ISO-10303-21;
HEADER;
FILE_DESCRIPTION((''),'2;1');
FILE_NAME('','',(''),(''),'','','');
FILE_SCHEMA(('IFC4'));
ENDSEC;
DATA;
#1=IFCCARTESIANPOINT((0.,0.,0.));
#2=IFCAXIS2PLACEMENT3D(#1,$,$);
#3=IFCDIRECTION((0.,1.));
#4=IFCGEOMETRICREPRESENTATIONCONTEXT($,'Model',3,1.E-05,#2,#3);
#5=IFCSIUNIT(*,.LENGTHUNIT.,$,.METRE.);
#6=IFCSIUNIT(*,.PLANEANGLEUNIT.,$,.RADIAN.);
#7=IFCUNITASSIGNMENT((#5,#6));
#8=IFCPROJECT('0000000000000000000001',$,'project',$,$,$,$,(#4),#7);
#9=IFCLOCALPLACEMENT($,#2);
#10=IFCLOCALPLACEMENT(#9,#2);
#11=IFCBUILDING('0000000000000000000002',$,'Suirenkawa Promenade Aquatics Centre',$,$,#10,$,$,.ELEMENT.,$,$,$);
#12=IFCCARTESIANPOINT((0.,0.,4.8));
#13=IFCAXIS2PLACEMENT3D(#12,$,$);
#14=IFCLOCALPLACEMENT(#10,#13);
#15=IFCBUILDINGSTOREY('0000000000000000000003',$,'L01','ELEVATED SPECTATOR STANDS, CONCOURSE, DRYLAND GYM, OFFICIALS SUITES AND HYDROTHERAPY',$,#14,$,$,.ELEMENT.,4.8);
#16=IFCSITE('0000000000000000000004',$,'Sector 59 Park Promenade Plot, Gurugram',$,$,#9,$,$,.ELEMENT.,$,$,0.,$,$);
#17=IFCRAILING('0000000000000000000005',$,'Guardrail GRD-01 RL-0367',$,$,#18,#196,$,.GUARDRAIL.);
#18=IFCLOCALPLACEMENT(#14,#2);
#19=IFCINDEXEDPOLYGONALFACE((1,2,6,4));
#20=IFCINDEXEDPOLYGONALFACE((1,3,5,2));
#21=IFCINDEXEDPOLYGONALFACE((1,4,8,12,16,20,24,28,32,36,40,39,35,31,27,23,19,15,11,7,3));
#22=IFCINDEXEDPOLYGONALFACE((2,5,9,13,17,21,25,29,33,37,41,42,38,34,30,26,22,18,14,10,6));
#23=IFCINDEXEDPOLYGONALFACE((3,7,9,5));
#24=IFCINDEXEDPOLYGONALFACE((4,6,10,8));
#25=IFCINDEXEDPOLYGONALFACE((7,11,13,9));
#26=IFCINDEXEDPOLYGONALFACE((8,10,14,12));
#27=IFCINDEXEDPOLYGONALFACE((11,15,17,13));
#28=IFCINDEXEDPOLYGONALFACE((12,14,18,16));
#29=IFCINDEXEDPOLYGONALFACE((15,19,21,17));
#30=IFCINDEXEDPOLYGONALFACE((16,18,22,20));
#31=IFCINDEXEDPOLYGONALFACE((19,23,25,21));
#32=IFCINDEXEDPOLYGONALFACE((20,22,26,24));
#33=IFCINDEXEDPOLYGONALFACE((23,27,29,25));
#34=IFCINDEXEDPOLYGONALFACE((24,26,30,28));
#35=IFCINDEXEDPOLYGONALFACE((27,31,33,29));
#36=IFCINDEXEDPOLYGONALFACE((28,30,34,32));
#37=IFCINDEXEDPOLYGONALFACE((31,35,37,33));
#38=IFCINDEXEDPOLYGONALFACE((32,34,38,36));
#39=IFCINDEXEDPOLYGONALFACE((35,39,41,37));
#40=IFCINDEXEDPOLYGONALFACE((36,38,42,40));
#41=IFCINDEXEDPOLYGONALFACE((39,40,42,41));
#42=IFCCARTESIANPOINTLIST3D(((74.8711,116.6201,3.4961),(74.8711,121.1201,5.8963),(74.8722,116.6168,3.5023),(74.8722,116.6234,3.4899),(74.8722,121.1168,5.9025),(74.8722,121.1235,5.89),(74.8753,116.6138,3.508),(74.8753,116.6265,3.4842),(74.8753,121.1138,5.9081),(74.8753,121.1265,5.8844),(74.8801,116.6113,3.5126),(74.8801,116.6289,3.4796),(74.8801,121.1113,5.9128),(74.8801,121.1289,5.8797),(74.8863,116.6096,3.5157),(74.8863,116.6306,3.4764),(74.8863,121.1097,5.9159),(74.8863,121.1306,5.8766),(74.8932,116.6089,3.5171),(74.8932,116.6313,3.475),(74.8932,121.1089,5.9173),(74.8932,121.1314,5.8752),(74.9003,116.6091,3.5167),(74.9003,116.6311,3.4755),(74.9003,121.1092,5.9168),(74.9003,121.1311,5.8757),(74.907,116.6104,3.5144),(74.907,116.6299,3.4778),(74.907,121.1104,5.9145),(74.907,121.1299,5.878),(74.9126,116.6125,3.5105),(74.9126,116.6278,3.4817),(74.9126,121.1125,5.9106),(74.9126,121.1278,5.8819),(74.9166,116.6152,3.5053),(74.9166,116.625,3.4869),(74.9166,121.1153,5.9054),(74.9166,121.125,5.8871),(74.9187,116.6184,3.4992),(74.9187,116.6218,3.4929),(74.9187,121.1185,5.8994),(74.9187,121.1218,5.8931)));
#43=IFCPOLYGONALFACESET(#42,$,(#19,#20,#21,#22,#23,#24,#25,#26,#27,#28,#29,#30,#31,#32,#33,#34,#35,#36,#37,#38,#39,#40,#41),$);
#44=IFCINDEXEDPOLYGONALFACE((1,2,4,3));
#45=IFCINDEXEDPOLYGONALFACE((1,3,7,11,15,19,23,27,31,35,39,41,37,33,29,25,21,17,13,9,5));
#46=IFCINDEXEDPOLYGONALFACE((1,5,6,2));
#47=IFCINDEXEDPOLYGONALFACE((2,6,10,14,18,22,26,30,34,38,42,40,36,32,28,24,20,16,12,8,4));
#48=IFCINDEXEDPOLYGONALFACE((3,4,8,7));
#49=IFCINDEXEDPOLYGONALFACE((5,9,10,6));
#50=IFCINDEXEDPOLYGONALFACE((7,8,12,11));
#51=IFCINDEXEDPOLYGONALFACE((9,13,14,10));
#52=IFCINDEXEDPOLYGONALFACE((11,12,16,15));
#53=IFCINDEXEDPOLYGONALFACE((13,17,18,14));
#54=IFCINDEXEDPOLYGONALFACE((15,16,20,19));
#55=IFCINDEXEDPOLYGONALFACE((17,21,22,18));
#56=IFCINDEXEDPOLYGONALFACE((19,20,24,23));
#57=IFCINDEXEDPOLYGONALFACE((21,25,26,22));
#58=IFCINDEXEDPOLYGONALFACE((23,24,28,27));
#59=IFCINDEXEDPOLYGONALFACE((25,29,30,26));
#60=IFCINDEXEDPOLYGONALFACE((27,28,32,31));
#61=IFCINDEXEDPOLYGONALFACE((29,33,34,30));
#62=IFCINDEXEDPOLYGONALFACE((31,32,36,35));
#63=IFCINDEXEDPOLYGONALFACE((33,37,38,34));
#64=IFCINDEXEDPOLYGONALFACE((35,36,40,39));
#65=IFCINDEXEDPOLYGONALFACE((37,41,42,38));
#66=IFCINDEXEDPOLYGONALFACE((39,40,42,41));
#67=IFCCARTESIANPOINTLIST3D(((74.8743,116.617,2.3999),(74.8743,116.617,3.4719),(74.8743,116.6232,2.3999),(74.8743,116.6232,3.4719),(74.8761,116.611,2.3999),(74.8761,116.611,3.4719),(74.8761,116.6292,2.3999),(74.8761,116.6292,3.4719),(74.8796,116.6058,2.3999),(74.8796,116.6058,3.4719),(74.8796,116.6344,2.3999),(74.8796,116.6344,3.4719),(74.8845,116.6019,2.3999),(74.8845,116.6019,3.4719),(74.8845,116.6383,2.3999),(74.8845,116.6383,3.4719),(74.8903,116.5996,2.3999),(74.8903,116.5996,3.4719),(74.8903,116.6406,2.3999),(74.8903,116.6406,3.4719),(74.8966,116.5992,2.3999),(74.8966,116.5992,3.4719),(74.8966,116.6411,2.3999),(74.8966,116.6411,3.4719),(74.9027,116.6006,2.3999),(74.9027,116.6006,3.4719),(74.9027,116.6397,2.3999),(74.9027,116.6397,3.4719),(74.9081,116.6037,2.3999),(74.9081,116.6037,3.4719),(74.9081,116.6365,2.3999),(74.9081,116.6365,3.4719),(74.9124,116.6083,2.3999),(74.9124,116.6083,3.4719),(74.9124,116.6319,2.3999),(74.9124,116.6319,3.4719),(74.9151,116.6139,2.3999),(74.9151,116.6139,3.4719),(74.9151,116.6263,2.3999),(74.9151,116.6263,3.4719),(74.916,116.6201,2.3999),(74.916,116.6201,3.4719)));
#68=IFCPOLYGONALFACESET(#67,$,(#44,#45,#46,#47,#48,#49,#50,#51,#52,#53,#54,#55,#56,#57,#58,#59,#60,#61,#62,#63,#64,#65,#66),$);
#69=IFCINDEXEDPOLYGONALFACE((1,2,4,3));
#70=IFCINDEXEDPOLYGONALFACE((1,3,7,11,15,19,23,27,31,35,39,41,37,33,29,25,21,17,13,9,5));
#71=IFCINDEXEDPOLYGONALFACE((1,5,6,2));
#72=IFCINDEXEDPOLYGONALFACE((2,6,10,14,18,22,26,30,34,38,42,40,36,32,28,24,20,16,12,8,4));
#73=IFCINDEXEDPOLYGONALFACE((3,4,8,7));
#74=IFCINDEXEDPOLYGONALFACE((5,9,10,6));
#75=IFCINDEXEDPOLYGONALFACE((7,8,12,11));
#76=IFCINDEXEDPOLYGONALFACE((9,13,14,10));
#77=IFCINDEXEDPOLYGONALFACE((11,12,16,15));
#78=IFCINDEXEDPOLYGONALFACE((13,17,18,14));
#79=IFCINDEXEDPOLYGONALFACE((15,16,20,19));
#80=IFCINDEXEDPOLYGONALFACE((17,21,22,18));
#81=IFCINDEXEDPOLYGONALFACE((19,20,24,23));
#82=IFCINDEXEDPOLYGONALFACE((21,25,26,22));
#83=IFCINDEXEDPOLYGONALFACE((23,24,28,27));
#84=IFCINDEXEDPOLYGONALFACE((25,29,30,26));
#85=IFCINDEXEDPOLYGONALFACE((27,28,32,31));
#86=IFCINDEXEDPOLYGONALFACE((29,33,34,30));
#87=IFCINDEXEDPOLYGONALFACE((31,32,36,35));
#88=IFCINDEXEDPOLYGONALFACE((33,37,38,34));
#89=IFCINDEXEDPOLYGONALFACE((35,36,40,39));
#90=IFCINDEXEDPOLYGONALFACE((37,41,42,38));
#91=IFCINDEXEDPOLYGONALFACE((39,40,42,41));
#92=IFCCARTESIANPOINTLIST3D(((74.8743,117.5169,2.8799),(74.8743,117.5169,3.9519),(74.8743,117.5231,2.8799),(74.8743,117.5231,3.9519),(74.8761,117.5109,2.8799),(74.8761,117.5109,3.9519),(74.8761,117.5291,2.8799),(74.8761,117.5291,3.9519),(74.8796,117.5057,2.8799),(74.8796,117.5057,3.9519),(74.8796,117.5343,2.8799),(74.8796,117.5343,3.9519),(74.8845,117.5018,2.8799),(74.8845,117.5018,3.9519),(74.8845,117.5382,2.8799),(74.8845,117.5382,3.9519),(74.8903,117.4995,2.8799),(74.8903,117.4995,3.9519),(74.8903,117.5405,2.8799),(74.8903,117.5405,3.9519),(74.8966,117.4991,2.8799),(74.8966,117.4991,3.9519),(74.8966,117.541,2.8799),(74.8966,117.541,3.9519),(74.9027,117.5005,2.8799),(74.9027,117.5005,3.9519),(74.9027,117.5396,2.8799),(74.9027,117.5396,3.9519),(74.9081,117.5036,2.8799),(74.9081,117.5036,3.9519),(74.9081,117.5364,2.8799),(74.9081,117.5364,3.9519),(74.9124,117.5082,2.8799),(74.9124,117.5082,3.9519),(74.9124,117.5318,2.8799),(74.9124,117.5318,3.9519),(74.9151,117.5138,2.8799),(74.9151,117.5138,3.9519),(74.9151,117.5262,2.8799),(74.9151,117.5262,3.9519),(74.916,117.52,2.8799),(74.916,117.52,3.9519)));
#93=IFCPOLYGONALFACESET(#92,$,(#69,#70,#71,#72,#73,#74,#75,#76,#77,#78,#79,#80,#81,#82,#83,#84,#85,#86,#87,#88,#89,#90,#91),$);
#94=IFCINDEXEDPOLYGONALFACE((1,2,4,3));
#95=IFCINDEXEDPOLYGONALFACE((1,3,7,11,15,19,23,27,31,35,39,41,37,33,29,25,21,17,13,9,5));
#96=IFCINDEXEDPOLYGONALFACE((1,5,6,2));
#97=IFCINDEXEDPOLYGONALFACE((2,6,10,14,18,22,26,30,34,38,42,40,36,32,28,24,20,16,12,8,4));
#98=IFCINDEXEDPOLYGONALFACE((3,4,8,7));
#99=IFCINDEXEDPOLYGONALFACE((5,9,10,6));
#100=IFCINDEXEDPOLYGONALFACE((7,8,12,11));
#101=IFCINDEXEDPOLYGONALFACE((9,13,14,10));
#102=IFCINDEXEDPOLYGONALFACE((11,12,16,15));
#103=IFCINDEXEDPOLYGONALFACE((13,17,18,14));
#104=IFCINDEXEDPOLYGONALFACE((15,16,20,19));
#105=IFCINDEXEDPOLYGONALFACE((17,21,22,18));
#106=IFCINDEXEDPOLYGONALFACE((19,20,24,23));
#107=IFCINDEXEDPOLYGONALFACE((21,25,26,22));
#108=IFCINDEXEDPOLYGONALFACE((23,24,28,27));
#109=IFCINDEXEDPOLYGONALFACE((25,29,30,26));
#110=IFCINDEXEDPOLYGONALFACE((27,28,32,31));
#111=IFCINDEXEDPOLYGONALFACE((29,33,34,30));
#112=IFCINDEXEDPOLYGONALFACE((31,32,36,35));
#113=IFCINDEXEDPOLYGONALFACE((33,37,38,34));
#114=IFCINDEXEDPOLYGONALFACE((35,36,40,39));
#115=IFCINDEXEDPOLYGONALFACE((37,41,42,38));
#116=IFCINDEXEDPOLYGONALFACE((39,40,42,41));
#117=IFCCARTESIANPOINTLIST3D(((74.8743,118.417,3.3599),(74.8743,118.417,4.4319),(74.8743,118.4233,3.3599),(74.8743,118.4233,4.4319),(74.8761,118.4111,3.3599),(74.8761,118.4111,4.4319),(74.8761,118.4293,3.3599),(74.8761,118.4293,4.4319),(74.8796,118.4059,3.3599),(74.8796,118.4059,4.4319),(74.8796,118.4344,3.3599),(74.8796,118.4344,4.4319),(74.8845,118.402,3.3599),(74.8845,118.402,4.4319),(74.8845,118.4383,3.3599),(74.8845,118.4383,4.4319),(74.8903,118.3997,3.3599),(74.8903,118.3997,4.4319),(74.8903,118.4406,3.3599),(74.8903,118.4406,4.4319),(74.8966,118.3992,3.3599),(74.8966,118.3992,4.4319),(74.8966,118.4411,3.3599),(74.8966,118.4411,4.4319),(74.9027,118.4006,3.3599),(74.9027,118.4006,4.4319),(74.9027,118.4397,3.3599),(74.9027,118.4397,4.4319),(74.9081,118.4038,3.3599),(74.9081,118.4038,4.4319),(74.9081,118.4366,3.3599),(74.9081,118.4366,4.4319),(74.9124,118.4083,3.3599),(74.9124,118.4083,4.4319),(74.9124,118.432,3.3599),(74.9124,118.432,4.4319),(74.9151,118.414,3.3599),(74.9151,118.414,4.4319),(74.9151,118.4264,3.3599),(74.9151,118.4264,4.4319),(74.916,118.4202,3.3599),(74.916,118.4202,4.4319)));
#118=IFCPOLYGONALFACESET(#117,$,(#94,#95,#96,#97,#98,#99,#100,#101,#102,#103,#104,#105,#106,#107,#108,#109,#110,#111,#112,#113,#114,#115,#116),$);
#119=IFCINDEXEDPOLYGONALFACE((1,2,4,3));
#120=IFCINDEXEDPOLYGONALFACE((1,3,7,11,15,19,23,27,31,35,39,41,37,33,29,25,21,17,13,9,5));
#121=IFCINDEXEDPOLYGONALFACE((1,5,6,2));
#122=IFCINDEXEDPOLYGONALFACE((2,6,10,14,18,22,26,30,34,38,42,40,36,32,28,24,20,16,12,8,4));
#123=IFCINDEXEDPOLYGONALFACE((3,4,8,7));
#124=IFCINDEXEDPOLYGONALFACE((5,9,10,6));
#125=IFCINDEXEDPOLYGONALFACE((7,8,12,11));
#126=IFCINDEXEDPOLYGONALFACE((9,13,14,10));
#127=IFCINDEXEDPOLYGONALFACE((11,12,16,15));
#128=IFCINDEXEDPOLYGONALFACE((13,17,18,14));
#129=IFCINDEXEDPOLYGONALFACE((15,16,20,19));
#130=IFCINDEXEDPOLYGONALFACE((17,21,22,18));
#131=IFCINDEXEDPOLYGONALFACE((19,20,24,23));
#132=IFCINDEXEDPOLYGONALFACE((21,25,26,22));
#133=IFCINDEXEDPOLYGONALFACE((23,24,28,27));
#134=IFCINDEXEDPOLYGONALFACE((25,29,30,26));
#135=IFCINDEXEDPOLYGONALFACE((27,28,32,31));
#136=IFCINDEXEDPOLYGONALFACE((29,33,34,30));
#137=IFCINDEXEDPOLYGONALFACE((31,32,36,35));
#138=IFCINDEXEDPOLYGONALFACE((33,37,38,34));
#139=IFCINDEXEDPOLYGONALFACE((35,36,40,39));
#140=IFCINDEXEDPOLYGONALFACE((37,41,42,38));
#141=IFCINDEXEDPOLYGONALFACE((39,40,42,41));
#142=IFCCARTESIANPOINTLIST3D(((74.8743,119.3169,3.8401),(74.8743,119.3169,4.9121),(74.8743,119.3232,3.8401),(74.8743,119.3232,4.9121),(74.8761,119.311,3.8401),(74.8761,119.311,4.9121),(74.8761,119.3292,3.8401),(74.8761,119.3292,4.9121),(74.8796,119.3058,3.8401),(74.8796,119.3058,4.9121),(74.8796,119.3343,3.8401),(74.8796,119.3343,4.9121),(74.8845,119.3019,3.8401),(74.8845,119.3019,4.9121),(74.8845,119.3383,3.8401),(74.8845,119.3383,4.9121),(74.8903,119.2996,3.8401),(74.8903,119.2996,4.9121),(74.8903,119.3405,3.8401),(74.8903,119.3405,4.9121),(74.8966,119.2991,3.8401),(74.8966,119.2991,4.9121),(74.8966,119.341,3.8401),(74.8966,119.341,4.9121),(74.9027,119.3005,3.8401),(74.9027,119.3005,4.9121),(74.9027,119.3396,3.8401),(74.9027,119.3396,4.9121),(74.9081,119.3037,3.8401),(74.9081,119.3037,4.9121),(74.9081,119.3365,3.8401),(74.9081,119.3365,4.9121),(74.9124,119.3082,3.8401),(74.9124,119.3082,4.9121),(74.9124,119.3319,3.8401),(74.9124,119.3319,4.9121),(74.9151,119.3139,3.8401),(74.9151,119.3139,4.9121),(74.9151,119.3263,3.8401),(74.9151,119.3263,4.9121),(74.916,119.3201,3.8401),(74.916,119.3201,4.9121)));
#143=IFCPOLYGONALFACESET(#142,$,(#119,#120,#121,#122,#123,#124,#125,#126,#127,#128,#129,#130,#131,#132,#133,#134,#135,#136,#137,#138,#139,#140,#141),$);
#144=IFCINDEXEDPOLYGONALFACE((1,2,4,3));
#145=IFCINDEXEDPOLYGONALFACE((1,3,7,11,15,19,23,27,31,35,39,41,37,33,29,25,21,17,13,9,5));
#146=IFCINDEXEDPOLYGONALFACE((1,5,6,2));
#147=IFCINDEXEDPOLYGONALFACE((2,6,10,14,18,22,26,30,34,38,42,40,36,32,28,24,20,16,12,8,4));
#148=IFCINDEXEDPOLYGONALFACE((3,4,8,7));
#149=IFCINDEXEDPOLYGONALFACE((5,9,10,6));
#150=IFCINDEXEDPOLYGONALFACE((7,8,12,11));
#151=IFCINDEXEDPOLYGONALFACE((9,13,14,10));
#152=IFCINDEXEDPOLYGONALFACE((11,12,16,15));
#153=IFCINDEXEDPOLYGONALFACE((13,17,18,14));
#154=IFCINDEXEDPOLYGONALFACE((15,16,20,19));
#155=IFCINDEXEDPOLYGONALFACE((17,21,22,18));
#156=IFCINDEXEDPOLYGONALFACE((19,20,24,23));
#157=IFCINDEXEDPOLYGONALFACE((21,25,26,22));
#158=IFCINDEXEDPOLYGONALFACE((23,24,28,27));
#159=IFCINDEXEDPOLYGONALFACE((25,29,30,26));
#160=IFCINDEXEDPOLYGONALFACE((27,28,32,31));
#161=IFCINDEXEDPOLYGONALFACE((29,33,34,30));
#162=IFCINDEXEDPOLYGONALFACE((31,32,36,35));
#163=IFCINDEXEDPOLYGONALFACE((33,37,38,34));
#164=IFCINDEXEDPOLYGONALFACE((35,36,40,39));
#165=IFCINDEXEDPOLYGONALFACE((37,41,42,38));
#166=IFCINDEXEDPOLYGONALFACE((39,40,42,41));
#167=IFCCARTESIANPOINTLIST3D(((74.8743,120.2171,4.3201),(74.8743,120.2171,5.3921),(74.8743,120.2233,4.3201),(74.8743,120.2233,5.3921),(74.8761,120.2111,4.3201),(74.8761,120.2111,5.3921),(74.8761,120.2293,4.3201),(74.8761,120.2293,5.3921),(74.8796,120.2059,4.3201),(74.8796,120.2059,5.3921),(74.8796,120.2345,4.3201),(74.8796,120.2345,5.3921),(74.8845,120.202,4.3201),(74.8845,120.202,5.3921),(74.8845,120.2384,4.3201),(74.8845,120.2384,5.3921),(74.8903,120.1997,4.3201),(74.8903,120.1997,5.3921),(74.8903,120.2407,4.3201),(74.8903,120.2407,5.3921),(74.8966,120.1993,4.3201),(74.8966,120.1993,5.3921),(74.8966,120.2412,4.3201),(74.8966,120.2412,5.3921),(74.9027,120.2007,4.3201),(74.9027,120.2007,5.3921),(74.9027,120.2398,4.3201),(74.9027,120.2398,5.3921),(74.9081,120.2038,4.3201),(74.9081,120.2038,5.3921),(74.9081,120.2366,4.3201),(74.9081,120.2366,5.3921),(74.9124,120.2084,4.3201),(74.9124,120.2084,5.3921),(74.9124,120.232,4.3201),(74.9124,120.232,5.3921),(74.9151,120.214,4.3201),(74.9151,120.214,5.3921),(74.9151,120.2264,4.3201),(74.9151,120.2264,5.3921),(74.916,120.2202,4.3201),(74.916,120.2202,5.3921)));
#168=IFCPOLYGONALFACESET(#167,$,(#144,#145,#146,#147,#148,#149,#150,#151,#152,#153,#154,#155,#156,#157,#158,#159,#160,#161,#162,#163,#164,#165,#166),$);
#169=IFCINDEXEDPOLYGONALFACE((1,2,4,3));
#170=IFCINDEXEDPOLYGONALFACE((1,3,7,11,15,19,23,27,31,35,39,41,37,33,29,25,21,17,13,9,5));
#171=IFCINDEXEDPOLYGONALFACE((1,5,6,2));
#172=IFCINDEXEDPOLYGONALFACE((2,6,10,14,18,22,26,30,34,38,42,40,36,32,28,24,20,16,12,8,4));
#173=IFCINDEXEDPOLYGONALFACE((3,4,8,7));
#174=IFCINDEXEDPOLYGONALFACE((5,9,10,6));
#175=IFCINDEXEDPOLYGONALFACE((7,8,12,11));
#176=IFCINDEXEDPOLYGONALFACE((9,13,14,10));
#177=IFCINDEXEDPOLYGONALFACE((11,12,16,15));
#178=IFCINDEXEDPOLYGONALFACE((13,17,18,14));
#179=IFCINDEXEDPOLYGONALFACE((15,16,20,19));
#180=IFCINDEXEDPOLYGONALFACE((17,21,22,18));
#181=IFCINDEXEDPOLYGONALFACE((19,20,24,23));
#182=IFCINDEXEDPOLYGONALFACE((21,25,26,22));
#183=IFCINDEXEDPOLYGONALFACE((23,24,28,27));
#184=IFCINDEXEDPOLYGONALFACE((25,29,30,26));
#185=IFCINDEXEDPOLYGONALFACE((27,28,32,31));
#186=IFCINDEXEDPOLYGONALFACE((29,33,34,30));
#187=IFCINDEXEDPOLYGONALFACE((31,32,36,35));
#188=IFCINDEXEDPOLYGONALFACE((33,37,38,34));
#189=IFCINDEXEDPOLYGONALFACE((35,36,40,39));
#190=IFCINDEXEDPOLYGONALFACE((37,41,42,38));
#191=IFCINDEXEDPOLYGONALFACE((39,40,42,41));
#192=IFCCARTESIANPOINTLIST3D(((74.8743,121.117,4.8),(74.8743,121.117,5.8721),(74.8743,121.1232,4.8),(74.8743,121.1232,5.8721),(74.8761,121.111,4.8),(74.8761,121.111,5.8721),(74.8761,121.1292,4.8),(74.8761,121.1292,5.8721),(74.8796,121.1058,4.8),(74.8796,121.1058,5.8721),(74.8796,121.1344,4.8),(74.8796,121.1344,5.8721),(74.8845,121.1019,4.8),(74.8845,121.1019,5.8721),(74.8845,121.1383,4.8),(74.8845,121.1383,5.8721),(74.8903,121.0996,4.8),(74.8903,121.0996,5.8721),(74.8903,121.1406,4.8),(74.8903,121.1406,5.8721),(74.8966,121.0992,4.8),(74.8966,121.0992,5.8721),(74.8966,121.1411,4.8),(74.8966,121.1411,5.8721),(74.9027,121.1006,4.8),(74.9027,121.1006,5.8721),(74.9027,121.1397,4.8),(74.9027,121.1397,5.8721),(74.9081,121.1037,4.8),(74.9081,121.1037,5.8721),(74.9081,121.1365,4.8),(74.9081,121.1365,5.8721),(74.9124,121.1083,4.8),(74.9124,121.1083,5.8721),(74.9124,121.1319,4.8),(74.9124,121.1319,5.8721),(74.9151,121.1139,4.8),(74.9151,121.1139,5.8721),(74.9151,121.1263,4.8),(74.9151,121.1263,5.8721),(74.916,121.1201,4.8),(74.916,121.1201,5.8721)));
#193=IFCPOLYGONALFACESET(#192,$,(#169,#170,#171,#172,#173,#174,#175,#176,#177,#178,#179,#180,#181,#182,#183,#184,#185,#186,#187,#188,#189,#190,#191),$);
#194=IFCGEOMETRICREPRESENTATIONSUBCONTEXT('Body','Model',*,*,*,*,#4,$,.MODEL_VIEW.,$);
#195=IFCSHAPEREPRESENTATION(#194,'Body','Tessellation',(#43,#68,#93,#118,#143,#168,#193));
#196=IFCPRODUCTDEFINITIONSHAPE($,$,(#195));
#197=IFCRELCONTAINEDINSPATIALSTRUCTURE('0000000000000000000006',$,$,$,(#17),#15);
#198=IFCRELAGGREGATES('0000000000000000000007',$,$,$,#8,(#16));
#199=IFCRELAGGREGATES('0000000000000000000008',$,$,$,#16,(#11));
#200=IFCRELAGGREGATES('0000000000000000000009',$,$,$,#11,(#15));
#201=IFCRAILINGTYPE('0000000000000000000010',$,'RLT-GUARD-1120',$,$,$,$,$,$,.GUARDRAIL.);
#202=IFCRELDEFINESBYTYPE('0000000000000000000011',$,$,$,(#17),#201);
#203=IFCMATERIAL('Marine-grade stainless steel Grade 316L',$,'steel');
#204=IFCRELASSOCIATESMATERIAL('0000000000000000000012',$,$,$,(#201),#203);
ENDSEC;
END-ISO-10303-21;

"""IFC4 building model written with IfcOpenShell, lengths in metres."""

from ifc_helpers import new_model, si_unit, direction, frame, origin, origin_2d, place, context, subcontext, project, spatial, circle, extrude, material, type_object, element, save


model = new_model("IFC4")

# Units and contexts
model_context = context("Model", 3, precision=1e-05, world=origin(), true_north=direction((0.0, 1.0)))
body_context = subcontext(model_context, "Body", "Model", "MODEL_VIEW")
ifc_project = project(units=[si_unit("LENGTHUNIT", "METRE"), si_unit("PLANEANGLEUNIT", "RADIAN")], contexts=[model_context])

# Site, building, storey
site_placement = place(None, origin())
site = spatial("IfcSite", under=ifc_project, at=site_placement, Name="Sector 59 Park Promenade Plot, Gurugram", CompositionType="ELEMENT", RefElevation=0.0)
building_placement = place(site_placement, origin())
building = spatial("IfcBuilding", under=site, at=building_placement, Name="Suirenkawa Promenade Aquatics Centre", CompositionType="ELEMENT")
storey_placement = place(building_placement, frame((0.0, 0.0, 4.8)))
storey = spatial("IfcBuildingStorey", under=building, at=storey_placement, Name="L01", Description="ELEVATED SPECTATOR STANDS, CONCOURSE, DRYLAND GYM, OFFICIALS SUITES AND HYDROTHERAPY", CompositionType="ELEMENT", Elevation=4.8)

# Railing
ifc_material_1 = material(Name="Marine-grade stainless steel Grade 316L", Category="steel")
railing_type_1 = type_object("IfcRailingType", Name="RLT-GUARD-1120", PredefinedType="GUARDRAIL", material=ifc_material_1)
railing_1_placement = place(storey_placement, frame((74.895, 116.6201, 2.3999)))
element("IfcRailing", 1, at=railing_1_placement, inside=storey, type_object=railing_type_1, Name="Guardrail GRD-01 RL-0367", PredefinedType="GUARDRAIL", context=body_context, shape_type="SweptSolid", body=[
    extrude(circle(Radius=0.0239, at=origin_2d()), frame((0.0, 0.0, 1.0962), z_axis=(0.0, 0.882341, 0.470611), x_axis=(-1.0, 0.0, 0.0)), (0.0, 0.0, 1.0), 5.1001),
    extrude(circle(Radius=0.021, at=origin_2d()), origin(), (0.0, 0.0, 1.0), 1.072),
    extrude(circle(Radius=0.021, at=origin_2d()), frame((0.0, 0.8999, 0.48)), (0.0, 0.0, 1.0), 1.072),
    extrude(circle(Radius=0.021, at=origin_2d()), frame((0.0, 1.8, 0.96)), (0.0, 0.0, 1.0), 1.072),
    extrude(circle(Radius=0.021, at=origin_2d()), frame((0.0, 2.7, 1.4402)), (0.0, 0.0, 1.0), 1.072),
    extrude(circle(Radius=0.021, at=origin_2d()), frame((0.0, 3.6001, 1.9202)), (0.0, 0.0, 1.0), 1.072),
    extrude(circle(Radius=0.021, at=origin_2d()), frame((0.0, 4.5, 2.4001)), (0.0, 0.0, 1.0), 1.072),
])

save(model, "model.ifc")
